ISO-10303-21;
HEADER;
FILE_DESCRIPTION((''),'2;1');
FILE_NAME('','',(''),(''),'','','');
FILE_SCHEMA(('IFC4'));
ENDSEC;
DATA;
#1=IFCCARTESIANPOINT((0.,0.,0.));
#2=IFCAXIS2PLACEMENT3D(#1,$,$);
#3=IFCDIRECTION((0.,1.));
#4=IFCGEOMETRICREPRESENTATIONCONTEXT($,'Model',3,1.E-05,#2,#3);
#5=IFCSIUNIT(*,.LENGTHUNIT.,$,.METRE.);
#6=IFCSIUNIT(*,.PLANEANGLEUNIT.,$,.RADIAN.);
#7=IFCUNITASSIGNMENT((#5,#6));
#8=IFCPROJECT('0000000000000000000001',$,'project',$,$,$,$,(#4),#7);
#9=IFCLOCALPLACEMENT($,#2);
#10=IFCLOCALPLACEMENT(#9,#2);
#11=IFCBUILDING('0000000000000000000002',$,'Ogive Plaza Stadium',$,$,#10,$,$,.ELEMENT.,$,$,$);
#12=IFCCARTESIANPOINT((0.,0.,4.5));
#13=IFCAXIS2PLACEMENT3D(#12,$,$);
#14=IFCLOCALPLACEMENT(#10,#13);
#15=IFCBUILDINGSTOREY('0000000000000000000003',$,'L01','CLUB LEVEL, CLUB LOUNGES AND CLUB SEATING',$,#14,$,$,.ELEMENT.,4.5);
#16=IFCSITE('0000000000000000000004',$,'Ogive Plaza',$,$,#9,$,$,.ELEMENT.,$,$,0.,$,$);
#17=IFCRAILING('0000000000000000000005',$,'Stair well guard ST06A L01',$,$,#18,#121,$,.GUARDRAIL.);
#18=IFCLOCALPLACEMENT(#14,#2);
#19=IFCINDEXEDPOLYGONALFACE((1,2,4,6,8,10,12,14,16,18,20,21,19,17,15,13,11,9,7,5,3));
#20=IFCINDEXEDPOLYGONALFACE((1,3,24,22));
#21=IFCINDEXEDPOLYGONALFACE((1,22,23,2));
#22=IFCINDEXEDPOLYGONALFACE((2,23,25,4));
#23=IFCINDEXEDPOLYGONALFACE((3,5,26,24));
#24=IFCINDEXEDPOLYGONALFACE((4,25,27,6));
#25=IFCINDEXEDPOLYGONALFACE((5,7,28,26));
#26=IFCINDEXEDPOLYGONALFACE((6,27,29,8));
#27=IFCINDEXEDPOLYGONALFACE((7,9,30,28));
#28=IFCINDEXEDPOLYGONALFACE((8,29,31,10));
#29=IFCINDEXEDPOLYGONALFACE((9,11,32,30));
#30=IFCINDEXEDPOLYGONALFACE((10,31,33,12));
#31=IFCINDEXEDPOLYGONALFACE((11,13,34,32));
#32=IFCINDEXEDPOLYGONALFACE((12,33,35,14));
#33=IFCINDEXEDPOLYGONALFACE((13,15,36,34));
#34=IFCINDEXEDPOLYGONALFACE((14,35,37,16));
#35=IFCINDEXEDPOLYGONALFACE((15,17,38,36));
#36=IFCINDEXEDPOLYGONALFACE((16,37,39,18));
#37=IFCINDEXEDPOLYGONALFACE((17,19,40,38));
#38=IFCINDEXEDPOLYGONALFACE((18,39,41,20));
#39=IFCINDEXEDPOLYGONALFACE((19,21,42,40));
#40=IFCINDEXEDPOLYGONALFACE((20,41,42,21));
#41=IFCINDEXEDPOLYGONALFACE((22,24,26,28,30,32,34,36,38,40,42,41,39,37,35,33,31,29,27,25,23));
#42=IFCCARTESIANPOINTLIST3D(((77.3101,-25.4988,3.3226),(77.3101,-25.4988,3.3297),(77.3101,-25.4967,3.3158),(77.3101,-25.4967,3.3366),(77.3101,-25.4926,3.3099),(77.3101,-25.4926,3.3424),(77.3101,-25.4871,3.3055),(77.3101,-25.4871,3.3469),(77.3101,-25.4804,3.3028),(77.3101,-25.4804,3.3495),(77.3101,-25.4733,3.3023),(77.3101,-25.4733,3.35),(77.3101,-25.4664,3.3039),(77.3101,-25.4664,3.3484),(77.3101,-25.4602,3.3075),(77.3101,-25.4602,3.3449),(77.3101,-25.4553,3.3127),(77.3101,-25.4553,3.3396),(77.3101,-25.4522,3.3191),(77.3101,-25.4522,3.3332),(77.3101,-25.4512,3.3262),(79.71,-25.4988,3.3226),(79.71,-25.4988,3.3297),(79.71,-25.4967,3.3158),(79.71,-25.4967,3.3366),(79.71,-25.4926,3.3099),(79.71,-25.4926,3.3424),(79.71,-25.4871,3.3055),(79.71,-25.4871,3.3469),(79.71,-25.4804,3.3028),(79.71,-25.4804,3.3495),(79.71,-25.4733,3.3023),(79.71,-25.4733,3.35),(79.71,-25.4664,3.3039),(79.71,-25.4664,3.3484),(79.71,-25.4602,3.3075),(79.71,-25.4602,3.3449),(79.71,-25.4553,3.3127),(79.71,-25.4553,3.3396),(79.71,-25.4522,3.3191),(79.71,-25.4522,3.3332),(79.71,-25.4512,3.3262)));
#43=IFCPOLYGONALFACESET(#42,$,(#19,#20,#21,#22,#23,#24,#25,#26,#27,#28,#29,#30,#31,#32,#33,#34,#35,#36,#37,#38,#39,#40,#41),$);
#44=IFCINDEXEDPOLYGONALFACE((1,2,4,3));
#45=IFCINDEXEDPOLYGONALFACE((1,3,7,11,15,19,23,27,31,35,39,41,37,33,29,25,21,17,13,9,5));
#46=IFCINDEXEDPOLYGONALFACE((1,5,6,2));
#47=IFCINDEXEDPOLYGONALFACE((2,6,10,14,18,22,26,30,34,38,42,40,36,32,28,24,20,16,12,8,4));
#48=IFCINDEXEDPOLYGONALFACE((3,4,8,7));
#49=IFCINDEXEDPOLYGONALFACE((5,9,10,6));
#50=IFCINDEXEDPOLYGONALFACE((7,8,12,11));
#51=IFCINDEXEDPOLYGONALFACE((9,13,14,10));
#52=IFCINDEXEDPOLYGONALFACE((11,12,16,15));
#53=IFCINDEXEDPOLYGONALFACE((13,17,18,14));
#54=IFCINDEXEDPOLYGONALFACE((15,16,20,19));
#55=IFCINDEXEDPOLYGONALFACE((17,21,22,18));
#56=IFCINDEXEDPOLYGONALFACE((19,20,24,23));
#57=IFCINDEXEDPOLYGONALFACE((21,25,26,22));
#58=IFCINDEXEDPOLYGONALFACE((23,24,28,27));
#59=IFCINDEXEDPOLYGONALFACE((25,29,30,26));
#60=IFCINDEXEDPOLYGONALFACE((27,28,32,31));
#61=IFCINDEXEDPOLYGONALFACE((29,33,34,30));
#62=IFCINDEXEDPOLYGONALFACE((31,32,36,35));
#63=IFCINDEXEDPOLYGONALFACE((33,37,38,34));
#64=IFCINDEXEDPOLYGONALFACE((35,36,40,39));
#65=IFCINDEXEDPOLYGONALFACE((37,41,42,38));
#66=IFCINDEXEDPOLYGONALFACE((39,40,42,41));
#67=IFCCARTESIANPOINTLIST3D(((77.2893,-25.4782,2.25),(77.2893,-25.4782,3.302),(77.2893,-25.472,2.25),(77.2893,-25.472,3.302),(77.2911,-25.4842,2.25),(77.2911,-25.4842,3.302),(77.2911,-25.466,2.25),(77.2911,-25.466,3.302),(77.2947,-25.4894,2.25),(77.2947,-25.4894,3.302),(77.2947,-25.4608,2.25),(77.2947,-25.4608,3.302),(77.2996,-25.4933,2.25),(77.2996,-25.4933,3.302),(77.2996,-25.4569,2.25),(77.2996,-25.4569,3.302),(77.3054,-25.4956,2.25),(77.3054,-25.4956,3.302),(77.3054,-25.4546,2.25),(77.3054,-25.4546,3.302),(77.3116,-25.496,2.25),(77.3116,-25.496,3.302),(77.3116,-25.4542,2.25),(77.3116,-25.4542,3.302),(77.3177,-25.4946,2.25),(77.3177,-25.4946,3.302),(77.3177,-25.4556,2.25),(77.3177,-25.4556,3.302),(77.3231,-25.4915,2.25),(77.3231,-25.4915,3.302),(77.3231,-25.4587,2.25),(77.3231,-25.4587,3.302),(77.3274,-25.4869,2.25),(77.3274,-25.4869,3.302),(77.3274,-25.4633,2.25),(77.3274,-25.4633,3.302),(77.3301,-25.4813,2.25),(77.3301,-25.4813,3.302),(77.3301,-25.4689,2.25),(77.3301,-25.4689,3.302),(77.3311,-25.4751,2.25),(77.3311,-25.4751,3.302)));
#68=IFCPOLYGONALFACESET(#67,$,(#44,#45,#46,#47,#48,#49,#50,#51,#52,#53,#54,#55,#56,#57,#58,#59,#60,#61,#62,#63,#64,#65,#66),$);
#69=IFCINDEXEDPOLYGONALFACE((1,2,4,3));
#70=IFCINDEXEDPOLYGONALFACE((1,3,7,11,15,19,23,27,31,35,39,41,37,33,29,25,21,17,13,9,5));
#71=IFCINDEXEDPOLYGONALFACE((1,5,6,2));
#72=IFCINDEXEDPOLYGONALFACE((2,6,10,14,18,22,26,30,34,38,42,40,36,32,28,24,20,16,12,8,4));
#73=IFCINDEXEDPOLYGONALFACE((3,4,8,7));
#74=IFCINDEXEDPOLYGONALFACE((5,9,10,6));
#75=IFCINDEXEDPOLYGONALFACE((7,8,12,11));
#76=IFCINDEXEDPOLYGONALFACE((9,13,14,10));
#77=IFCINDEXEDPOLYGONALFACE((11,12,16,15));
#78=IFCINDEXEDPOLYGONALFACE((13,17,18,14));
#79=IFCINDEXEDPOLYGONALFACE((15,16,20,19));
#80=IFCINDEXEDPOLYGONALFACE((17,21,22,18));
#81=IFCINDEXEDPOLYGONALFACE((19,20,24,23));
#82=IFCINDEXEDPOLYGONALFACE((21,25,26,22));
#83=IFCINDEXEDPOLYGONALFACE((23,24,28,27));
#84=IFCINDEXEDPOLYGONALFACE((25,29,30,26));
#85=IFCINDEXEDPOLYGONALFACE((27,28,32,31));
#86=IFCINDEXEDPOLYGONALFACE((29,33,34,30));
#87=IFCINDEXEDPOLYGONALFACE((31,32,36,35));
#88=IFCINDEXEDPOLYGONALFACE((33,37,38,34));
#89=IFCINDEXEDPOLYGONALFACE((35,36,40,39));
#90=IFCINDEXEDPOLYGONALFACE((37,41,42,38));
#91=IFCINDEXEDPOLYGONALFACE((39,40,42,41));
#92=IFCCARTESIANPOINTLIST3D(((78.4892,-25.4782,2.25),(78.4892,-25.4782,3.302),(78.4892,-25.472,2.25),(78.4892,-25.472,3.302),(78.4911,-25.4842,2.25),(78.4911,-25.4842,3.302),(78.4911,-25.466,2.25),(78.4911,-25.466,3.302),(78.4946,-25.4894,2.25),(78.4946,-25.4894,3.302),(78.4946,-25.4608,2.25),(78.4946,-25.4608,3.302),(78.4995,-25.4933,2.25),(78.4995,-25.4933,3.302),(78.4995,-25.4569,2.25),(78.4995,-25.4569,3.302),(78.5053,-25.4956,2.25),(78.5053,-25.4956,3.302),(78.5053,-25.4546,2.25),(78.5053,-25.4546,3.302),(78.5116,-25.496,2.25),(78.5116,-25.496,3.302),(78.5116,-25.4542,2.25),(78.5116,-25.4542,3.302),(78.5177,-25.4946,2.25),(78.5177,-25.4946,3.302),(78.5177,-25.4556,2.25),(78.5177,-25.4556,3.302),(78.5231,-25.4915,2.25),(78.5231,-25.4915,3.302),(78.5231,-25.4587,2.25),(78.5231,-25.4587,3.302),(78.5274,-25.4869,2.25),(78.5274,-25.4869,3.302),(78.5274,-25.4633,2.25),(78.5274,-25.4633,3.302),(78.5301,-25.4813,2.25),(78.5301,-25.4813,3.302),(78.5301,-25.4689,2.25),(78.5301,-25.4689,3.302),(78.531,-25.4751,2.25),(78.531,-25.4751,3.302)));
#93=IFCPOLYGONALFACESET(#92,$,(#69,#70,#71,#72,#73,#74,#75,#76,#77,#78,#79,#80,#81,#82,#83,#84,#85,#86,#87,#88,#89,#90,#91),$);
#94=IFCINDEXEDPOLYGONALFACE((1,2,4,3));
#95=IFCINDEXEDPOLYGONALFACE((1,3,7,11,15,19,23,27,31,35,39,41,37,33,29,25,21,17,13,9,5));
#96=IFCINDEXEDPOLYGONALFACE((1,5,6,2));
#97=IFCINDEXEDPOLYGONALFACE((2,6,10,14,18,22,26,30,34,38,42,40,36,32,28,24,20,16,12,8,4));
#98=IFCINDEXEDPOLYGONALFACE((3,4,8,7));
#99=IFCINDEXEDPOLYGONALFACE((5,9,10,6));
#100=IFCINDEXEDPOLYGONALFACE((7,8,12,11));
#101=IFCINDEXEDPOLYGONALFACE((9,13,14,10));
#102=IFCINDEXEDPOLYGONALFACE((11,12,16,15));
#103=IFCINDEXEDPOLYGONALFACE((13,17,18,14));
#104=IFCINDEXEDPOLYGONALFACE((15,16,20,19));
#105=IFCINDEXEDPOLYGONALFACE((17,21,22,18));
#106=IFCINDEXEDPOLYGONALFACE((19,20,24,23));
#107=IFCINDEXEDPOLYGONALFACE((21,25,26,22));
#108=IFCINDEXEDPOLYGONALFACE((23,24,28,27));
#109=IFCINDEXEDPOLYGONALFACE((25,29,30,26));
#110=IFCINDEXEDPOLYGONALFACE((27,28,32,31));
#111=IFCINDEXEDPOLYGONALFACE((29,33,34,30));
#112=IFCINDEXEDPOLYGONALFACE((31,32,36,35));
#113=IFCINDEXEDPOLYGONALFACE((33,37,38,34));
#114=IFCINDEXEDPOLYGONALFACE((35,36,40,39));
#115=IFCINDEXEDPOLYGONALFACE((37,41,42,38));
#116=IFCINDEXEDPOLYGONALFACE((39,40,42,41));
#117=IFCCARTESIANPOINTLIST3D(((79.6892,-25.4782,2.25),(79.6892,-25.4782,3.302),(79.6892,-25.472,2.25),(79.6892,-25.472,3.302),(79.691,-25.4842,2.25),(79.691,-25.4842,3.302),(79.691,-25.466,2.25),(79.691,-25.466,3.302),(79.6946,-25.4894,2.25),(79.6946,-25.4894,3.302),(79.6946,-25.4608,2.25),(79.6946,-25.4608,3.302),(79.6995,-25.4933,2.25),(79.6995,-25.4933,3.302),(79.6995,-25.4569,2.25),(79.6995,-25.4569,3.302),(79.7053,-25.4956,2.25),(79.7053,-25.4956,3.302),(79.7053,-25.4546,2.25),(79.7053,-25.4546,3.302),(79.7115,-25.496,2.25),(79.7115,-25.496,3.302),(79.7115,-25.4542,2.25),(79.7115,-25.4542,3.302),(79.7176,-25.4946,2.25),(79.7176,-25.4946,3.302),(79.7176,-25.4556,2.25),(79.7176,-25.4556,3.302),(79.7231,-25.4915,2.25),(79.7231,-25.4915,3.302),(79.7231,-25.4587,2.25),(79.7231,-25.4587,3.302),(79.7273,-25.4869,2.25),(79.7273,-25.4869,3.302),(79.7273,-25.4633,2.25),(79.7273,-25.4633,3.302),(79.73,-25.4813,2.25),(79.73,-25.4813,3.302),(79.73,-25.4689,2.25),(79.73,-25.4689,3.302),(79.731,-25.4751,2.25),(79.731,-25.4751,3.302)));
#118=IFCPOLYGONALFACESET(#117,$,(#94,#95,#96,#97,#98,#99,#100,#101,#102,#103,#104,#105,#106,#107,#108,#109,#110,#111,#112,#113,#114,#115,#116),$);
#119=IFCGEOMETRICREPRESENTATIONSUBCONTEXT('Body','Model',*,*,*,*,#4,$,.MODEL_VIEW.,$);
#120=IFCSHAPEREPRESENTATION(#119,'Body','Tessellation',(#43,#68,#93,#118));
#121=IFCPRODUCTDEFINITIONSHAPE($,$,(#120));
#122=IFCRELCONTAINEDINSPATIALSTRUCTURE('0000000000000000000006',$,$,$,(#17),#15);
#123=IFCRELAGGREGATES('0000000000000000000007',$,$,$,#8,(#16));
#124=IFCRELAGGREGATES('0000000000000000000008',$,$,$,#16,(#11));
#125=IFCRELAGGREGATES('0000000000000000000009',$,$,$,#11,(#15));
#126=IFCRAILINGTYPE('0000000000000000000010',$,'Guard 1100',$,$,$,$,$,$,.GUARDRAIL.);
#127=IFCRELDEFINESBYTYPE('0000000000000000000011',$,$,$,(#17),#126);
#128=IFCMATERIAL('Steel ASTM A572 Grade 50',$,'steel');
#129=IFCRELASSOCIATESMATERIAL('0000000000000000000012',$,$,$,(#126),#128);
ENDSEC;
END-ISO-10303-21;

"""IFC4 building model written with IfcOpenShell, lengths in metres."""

from ifc_helpers import new_model, si_unit, direction, frame, origin, origin_2d, place, context, subcontext, project, spatial, circle, extrude, material, type_object, element, save


model = new_model("IFC4")

# Units and contexts
model_context = context("Model", 3, precision=1e-05, world=origin(), true_north=direction((0.0, 1.0)))
body_context = subcontext(model_context, "Body", "Model", "MODEL_VIEW")
ifc_project = project(units=[si_unit("LENGTHUNIT", "METRE"), si_unit("PLANEANGLEUNIT", "RADIAN")], contexts=[model_context])

# Site, building, storey
site_placement = place(None, origin())
site = spatial("IfcSite", under=ifc_project, at=site_placement, Name="Ogive Plaza", CompositionType="ELEMENT", RefElevation=0.0)
building_placement = place(site_placement, origin())
building = spatial("IfcBuilding", under=site, at=building_placement, Name="Ogive Plaza Stadium", CompositionType="ELEMENT")
storey_placement = place(building_placement, frame((0.0, 0.0, 4.5)))
storey = spatial("IfcBuildingStorey", under=building, at=storey_placement, Name="L01", Description="CLUB LEVEL, CLUB LOUNGES AND CLUB SEATING", CompositionType="ELEMENT", Elevation=4.5)

# Railing
ifc_material_1 = material(Name="Steel ASTM A572 Grade 50", Category="steel")
railing_type_1 = type_object("IfcRailingType", Name="Guard 1100", PredefinedType="GUARDRAIL", material=ifc_material_1)
for number, where, name in (
    (1, (77.3101, -25.4751, 2.25), "Stair well guard ST06A L01"),
):
    element("IfcRailing", number, at=place(storey_placement, frame(where)), inside=storey, type_object=railing_type_1, Name=name, PredefinedType="GUARDRAIL", context=body_context, shape_type="SweptSolid", body=[
        extrude(circle(Radius=0.0239, at=origin_2d()), frame((0.0, 0.0, 1.0762), z_axis=(1.0, 0.0, 0.0), x_axis=(0.0, 1.0, 0.0)), (0.0, 0.0, 1.0), 2.3999),
        extrude(circle(Radius=0.021, at=origin_2d()), origin(), (0.0, 0.0, 1.0), 1.052),
        extrude(circle(Radius=0.021, at=origin_2d()), frame((1.2, 0.0, 0.0)), (0.0, 0.0, 1.0), 1.052),
        extrude(circle(Radius=0.021, at=origin_2d()), frame((2.3999, 0.0, 0.0)), (0.0, 0.0, 1.0), 1.052),
    ])

save(model, "model.ifc")
